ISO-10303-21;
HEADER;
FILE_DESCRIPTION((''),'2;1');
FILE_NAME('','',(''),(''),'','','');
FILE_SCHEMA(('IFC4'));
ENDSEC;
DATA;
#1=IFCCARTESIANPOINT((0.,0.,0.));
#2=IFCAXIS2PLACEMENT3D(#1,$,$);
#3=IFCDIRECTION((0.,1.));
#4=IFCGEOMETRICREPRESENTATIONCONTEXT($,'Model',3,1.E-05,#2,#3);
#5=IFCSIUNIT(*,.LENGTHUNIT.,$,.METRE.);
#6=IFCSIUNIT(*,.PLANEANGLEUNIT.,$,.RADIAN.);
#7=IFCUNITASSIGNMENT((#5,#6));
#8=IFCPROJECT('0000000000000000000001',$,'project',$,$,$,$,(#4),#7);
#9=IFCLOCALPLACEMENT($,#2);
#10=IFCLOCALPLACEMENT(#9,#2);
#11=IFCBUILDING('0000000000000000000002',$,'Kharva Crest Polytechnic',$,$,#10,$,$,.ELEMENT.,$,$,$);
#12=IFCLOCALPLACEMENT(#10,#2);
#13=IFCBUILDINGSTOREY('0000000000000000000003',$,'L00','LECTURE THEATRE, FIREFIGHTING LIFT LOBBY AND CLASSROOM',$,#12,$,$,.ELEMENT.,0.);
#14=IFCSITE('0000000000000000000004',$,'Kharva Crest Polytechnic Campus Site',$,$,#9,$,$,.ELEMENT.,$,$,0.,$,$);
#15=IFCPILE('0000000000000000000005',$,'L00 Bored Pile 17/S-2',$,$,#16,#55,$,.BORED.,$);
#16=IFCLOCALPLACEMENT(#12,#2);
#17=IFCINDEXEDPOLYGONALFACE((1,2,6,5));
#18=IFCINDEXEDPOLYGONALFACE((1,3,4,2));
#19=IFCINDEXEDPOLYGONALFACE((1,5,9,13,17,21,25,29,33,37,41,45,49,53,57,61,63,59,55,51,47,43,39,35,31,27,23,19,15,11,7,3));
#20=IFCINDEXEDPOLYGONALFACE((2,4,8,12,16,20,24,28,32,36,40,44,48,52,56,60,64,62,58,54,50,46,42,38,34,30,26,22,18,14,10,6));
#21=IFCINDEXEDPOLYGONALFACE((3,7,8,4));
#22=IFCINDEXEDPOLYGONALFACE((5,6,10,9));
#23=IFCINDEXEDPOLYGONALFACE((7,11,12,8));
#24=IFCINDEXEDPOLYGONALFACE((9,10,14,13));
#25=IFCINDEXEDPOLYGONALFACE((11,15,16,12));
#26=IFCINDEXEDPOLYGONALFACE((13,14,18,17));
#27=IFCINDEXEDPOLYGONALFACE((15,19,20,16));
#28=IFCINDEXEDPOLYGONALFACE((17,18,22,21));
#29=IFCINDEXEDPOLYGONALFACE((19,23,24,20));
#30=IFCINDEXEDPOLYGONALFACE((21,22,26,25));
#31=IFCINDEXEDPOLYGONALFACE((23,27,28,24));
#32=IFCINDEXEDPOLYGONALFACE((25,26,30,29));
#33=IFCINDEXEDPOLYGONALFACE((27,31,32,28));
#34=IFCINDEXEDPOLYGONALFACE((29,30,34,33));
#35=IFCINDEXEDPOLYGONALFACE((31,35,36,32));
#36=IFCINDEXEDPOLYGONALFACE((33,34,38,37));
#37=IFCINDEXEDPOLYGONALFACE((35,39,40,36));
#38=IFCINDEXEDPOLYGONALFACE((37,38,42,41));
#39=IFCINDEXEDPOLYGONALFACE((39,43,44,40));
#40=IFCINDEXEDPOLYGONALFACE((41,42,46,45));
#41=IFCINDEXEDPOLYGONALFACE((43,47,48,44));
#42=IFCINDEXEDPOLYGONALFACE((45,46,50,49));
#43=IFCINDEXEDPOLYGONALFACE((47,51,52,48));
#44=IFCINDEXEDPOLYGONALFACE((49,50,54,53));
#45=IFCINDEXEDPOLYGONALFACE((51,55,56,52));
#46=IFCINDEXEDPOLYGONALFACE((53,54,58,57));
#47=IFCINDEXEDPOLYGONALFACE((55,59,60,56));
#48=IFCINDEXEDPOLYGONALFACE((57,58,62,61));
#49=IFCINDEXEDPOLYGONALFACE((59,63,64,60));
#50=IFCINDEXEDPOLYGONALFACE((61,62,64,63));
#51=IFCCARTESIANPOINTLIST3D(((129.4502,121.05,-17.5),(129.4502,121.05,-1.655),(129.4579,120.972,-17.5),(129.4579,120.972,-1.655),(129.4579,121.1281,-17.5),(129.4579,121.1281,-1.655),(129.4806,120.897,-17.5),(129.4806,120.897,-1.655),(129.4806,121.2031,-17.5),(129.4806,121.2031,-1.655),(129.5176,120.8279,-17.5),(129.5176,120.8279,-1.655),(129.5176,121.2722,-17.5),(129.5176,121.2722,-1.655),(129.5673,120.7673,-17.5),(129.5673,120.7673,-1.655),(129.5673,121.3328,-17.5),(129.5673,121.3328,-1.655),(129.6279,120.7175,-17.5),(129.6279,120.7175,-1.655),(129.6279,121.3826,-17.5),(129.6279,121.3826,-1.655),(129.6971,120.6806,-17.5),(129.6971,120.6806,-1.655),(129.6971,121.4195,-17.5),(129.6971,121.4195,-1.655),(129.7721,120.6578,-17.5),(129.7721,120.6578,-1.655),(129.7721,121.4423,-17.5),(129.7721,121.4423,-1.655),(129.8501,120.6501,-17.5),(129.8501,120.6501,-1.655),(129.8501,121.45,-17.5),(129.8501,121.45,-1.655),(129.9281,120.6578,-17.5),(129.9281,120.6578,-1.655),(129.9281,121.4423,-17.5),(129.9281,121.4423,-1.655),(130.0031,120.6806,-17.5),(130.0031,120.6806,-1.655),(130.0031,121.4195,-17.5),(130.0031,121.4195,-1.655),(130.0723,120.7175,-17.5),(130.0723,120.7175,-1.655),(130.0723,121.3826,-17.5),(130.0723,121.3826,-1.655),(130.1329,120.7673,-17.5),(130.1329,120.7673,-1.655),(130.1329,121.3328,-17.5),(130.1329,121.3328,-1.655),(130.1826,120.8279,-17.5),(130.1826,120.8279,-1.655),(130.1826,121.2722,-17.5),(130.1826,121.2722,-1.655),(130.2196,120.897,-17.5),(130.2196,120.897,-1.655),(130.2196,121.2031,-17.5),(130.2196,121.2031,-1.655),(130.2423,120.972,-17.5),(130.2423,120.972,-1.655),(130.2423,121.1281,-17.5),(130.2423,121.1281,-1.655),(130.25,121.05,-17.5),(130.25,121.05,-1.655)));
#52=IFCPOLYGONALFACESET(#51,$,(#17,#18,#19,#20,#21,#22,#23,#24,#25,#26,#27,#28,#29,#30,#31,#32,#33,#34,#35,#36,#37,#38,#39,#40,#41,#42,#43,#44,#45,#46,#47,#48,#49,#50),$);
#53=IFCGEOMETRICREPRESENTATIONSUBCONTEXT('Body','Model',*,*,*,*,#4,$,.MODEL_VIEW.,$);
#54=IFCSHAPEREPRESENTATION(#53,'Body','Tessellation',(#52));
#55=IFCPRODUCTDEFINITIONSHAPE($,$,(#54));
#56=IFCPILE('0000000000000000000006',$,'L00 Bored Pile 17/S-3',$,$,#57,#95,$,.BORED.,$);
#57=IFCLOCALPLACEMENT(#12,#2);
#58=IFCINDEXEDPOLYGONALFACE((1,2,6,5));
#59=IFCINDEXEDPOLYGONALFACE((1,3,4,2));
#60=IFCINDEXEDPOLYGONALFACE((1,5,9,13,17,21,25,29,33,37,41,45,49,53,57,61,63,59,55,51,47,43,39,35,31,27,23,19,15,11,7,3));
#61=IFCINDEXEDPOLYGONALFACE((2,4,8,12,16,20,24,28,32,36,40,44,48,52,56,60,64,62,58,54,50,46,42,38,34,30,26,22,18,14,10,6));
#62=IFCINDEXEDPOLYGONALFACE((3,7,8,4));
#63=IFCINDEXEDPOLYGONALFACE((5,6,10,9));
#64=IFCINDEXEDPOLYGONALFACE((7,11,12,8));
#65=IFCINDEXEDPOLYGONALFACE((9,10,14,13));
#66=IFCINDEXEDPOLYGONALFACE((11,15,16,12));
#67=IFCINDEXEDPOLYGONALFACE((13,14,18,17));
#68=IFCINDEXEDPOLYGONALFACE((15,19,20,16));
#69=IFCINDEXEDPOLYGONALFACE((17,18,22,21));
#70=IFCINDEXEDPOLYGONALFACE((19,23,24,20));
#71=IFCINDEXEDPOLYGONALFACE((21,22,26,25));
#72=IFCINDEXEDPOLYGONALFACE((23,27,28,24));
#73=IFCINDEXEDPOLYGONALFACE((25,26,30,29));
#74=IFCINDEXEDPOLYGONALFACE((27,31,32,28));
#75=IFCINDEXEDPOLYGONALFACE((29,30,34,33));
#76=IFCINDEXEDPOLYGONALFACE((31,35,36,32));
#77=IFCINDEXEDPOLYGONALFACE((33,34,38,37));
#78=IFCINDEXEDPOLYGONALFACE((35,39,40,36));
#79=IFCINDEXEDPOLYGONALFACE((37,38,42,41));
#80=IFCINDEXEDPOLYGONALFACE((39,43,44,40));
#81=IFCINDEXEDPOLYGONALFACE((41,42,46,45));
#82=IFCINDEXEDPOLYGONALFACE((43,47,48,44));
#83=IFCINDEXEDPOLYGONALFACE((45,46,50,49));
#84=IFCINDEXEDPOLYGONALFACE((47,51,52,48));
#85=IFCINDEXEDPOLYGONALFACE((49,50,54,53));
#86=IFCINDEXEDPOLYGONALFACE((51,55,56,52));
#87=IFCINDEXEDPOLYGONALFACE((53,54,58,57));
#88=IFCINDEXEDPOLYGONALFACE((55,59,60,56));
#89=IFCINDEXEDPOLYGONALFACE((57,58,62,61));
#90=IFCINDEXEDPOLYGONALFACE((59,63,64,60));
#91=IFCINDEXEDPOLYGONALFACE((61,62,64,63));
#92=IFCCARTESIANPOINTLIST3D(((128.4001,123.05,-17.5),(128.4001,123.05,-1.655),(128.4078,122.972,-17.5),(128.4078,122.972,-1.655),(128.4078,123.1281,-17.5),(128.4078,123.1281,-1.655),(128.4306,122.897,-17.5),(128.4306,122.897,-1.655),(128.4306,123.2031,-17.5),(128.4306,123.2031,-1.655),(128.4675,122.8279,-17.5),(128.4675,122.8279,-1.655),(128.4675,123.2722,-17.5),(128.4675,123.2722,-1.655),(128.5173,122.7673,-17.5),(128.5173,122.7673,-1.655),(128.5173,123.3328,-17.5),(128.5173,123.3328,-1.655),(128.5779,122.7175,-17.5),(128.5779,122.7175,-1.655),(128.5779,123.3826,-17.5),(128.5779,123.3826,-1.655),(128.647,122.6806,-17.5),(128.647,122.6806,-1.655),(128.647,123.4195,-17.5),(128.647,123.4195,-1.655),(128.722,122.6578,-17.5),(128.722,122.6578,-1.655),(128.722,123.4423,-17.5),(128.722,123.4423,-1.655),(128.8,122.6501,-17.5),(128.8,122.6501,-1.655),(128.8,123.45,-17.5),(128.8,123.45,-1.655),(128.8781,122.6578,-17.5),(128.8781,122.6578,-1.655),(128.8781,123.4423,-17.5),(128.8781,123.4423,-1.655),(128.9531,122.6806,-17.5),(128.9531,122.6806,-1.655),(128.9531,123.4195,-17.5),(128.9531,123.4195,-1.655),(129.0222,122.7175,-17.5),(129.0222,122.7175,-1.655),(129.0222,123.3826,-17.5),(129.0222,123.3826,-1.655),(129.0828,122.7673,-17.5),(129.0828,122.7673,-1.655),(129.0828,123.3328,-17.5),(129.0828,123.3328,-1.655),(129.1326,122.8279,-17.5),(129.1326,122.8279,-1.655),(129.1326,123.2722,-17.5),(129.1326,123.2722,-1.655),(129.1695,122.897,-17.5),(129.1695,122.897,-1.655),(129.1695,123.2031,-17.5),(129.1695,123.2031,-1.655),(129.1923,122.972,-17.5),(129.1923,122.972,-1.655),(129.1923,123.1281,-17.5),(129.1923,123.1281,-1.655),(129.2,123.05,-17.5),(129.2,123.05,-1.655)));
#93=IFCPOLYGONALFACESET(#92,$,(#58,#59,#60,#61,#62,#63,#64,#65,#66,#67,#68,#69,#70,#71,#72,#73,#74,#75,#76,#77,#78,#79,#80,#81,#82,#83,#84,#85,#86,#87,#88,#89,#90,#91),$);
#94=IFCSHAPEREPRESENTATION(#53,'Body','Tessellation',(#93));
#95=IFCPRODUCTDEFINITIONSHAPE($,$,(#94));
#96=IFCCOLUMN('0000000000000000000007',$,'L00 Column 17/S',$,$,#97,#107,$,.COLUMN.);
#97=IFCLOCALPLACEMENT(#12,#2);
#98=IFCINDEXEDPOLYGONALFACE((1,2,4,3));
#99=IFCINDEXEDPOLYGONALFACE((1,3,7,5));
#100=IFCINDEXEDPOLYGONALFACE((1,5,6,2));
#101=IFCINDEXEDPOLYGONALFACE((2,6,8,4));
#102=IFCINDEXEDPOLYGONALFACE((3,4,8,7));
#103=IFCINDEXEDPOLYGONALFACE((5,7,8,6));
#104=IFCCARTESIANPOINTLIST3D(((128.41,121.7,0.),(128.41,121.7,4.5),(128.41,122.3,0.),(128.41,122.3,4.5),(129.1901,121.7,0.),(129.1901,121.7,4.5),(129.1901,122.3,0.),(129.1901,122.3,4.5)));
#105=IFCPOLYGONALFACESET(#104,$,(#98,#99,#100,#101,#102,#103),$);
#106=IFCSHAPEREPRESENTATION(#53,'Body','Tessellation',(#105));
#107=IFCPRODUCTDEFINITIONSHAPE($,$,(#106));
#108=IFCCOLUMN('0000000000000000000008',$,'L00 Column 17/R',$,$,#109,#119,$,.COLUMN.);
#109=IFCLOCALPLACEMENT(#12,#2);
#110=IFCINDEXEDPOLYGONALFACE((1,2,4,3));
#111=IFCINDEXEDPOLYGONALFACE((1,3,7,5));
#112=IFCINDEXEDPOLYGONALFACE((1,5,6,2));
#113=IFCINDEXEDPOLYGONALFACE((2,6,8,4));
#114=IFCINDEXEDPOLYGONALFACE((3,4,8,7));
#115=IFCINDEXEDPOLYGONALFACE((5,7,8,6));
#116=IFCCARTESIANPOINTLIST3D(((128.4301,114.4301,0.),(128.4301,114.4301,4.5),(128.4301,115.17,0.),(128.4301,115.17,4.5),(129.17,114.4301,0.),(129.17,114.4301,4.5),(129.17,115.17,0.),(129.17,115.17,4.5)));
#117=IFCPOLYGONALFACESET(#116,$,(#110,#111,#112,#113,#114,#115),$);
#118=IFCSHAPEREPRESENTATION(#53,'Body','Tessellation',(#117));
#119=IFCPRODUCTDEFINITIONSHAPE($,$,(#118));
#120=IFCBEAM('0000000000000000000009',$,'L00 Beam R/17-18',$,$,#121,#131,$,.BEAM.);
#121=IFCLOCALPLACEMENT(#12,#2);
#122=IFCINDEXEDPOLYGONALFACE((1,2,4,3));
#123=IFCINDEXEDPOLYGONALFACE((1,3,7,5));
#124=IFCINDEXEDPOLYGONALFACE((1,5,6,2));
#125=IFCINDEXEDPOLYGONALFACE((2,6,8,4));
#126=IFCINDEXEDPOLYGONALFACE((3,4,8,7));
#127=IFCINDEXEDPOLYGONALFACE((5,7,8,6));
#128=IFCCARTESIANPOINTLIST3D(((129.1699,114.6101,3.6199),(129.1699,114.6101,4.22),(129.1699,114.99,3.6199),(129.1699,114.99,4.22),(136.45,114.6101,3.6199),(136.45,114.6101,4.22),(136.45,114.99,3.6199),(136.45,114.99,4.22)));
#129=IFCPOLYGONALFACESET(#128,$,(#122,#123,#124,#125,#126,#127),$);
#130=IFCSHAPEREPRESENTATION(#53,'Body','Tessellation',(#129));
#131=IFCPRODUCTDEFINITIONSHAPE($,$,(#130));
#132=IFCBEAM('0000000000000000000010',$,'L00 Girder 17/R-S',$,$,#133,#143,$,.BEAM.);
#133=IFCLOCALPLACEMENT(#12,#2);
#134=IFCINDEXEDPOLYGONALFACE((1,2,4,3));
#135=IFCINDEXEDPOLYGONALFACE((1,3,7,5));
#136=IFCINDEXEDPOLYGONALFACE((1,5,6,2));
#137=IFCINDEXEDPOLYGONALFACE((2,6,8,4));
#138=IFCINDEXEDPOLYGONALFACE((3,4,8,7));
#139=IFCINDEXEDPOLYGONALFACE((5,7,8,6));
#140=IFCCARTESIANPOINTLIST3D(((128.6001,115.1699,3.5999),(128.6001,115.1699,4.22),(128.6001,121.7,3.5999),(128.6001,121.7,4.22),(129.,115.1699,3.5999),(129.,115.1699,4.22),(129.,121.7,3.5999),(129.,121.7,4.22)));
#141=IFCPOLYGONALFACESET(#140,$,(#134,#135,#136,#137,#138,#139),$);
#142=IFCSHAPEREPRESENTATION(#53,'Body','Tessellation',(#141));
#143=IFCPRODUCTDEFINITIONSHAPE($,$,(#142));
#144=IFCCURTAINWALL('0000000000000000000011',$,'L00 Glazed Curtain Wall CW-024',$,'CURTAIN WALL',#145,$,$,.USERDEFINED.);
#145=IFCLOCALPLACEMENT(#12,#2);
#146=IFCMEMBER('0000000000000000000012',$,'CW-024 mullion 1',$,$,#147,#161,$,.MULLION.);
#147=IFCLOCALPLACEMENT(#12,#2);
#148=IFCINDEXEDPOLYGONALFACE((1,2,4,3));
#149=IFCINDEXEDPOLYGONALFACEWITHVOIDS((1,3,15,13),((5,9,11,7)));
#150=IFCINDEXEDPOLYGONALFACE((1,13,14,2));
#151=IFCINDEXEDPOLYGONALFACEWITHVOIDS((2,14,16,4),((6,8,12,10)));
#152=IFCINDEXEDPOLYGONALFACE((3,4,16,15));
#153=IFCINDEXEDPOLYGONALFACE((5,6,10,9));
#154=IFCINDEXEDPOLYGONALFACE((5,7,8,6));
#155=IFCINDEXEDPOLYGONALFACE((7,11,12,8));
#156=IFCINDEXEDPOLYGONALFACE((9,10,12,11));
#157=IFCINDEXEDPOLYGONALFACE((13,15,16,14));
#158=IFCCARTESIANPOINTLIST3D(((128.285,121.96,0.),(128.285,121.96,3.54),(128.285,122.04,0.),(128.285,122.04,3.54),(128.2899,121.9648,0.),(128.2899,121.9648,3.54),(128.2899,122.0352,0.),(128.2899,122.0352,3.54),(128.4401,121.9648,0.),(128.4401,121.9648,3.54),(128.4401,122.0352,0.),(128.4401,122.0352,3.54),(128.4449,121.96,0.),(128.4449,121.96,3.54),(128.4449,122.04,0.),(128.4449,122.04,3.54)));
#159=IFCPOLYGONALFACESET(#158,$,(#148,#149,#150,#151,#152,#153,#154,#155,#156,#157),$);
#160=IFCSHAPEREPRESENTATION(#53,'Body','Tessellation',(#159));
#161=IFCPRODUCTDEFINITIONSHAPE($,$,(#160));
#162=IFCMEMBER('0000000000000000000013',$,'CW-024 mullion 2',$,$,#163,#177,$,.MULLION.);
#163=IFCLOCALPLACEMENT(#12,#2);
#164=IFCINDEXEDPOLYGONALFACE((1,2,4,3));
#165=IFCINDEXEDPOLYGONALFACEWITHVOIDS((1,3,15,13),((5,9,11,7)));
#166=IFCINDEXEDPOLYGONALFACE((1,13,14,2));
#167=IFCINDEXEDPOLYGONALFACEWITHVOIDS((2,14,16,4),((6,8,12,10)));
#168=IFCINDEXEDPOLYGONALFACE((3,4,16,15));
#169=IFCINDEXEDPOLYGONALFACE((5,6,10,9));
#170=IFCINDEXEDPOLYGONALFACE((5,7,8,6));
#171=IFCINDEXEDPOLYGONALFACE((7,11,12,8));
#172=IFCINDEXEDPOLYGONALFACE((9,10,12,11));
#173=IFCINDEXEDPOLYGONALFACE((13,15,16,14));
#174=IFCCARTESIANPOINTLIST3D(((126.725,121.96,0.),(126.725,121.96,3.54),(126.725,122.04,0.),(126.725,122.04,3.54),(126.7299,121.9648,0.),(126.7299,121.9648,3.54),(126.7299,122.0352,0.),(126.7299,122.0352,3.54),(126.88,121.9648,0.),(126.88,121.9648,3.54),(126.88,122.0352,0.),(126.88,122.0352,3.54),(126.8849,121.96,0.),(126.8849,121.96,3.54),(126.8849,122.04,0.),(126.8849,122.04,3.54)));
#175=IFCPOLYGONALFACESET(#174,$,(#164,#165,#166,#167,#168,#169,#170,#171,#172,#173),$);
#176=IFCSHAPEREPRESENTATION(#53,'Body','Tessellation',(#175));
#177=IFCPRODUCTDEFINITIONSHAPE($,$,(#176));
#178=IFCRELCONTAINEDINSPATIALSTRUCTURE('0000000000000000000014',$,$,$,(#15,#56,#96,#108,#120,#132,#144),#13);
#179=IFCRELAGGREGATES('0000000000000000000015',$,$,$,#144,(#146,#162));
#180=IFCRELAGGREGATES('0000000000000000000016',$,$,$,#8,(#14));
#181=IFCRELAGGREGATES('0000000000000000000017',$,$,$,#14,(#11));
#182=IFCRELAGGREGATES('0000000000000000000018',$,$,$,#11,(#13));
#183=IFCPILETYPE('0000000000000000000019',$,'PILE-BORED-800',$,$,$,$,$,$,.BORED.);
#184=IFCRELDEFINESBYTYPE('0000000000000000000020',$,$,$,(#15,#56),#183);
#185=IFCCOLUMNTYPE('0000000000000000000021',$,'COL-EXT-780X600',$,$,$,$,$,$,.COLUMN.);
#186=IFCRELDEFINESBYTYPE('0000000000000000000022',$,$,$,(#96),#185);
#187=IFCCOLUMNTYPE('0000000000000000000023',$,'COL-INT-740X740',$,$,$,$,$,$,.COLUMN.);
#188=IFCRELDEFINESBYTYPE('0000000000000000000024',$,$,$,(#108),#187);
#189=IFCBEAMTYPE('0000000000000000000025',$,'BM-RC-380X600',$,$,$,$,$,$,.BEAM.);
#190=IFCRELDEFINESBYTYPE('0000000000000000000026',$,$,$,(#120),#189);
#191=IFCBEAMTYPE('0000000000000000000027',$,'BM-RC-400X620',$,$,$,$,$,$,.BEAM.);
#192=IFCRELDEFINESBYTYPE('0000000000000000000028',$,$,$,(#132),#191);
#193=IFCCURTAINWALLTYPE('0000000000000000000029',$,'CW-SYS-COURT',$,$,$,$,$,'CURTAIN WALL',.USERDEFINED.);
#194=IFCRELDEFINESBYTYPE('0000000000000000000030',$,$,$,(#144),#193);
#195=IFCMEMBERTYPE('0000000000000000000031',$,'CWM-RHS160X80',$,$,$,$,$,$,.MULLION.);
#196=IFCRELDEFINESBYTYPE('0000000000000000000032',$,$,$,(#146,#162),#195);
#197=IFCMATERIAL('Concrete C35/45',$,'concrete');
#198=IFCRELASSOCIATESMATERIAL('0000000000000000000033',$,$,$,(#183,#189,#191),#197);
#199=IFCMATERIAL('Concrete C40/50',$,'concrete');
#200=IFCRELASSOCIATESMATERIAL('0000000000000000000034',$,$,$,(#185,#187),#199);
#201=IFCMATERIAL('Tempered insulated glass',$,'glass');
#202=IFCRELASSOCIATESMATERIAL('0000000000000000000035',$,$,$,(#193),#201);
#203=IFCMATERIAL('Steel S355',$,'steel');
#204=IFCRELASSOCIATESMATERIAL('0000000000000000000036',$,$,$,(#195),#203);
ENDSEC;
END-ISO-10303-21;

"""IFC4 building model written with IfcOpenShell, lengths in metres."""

from ifc_helpers import new_model, si_unit, direction, frame, origin, origin_2d, place, context, subcontext, project, spatial, rectangle, hollow_rectangle, circle, extrude, material, material_profile, profile_set, type_object, element, aggregate, save


model = new_model("IFC4")

# Units and contexts
model_context = context("Model", 3, precision=1e-05, world=origin(), true_north=direction((0.0, 1.0)))
body_context = subcontext(model_context, "Body", "Model", "MODEL_VIEW")
ifc_project = project(units=[si_unit("LENGTHUNIT", "METRE"), si_unit("PLANEANGLEUNIT", "RADIAN")], contexts=[model_context])

# Site, building, storey
site_placement = place(None, origin())
site = spatial("IfcSite", under=ifc_project, at=site_placement, Name="Kharva Crest Polytechnic Campus Site", CompositionType="ELEMENT", RefElevation=0.0)
building_placement = place(site_placement, origin())
building = spatial("IfcBuilding", under=site, at=building_placement, Name="Kharva Crest Polytechnic", CompositionType="ELEMENT")
storey_placement = place(building_placement, origin())
storey = spatial("IfcBuildingStorey", under=building, at=storey_placement, Name="L00", Description="LECTURE THEATRE, FIREFIGHTING LIFT LOBBY AND CLASSROOM", CompositionType="ELEMENT", Elevation=0.0)

# Shared definitions
ifc_material_1 = material(Name="Concrete C35/45", Category="concrete")

# Piles
ifc_material_profile_1 = material_profile(ifc_material_1, circle(Radius=0.3999, at=origin_2d()), Name="DIA 800")
ifc_profile_set_1 = profile_set([ifc_material_profile_1], Name="Concrete C35/45")
pile_type_1 = type_object("IfcPileType", Name="PILE-BORED-800", PredefinedType="BORED", material=ifc_profile_set_1)
for number, where, z_axis, x_axis, name in (
    (1, (129.8501, 121.05, -1.655), (0.0, 0.0, -1.0), (1.0, 0.0, 0.0), "L00 Bored Pile 17/S-2"),
    (2, (128.8, 123.05, -1.655), (0.0, 0.0, -1.0), (1.0, 0.0, 0.0), "L00 Bored Pile 17/S-3"),
):
    element("IfcPile", number, at=place(storey_placement, frame(where, z_axis=z_axis, x_axis=x_axis)), inside=storey, type_object=pile_type_1, Name=name, PredefinedType="BORED", context=body_context, shape_type="SweptSolid", body=[
        extrude(circle(Radius=0.3999, at=origin_2d()), origin(), (0.0, 0.0, 1.0), 15.845),
    ])

# Columns
ifc_material_2 = material(Name="Concrete C40/50", Category="concrete")
ifc_material_profile_2 = material_profile(ifc_material_2, rectangle(XDim=0.78, YDim=0.6001, at=origin_2d()), Name="RECT 780 X 600")
ifc_profile_set_2 = profile_set([ifc_material_profile_2], Name="Concrete C40/50")
column_type_1 = type_object("IfcColumnType", Name="COL-EXT-780X600", PredefinedType="COLUMN", material=ifc_profile_set_2)
column_1_placement = place(storey_placement, frame((128.8, 122.0, 0.0), z_axis=(0.0, 0.0, 1.0), x_axis=(1.0, 0.0, 0.0)))
element("IfcColumn", 3, at=column_1_placement, inside=storey, type_object=column_type_1, Name="L00 Column 17/S", PredefinedType="COLUMN", context=body_context, shape_type="SweptSolid", body=[
    extrude(rectangle(XDim=0.78, YDim=0.6001, at=origin_2d()), origin(), (0.0, 0.0, 1.0), 4.5),
])
ifc_material_profile_3 = material_profile(ifc_material_2, rectangle(XDim=0.74, YDim=0.74, at=origin_2d()), Name="RECT 740 X 740")
ifc_profile_set_3 = profile_set([ifc_material_profile_3], Name="Concrete C40/50")
column_type_2 = type_object("IfcColumnType", Name="COL-INT-740X740", PredefinedType="COLUMN", material=ifc_profile_set_3)
column_2_placement = place(storey_placement, frame((128.8, 114.8, 0.0), z_axis=(0.0, 0.0, 1.0), x_axis=(1.0, 0.0, 0.0)))
element("IfcColumn", 4, at=column_2_placement, inside=storey, type_object=column_type_2, Name="L00 Column 17/R", PredefinedType="COLUMN", context=body_context, shape_type="SweptSolid", body=[
    extrude(rectangle(XDim=0.74, YDim=0.74, at=origin_2d()), origin(), (0.0, 0.0, 1.0), 4.5),
])

# Beams
ifc_material_profile_4 = material_profile(ifc_material_1, rectangle(XDim=0.3799, YDim=0.6001, at=origin_2d()), Name="RECT 380 X 600")
ifc_profile_set_4 = profile_set([ifc_material_profile_4], Name="Concrete C35/45")
beam_type_1 = type_object("IfcBeamType", Name="BM-RC-380X600", PredefinedType="BEAM", material=ifc_profile_set_4)
beam_1_placement = place(storey_placement, frame((129.1699, 114.8, 3.9199), z_axis=(1.0, 0.0, 0.0), x_axis=(0.0, 1.0, 0.0)))
element("IfcBeam", 5, at=beam_1_placement, inside=storey, type_object=beam_type_1, Name="L00 Beam R/17-18", PredefinedType="BEAM", context=body_context, shape_type="SweptSolid", body=[
    extrude(rectangle(XDim=0.3799, YDim=0.6001, at=origin_2d()), origin(), (0.0, 0.0, 1.0), 7.28),
])
ifc_material_profile_5 = material_profile(ifc_material_1, rectangle(XDim=0.3999, YDim=0.6201, at=origin_2d()), Name="RECT 400 X 620")
ifc_profile_set_5 = profile_set([ifc_material_profile_5], Name="Concrete C35/45")
beam_type_2 = type_object("IfcBeamType", Name="BM-RC-400X620", PredefinedType="BEAM", material=ifc_profile_set_5)
beam_2_placement = place(storey_placement, frame((128.8, 115.1699, 3.9099), z_axis=(0.0, 1.0, 0.0), x_axis=(-1.0, 0.0, 0.0)))
element("IfcBeam", 6, at=beam_2_placement, inside=storey, type_object=beam_type_2, Name="L00 Girder 17/R-S", PredefinedType="BEAM", context=body_context, shape_type="SweptSolid", body=[
    extrude(rectangle(XDim=0.3999, YDim=0.6201, at=origin_2d()), origin(), (0.0, 0.0, 1.0), 6.53),
])

# Curtain wall, members
ifc_material_3 = material(Name="Tempered insulated glass", Category="glass")
curtain_wall_type = type_object("IfcCurtainWallType", Name="CW-SYS-COURT", ElementType="CURTAIN WALL", PredefinedType="USERDEFINED", material=ifc_material_3)
curtain_wall_placement = place(storey_placement, origin())
curtain_wall = element("IfcCurtainWall", 7, at=curtain_wall_placement, inside=storey, type_object=curtain_wall_type, Name="L00 Glazed Curtain Wall CW-024", ObjectType="CURTAIN WALL", PredefinedType="USERDEFINED")
ifc_material_4 = material(Name="Steel S355", Category="steel")
ifc_material_profile_6 = material_profile(ifc_material_4, hollow_rectangle(XDim=0.0801, YDim=0.1599, WallThickness=0.0049, at=origin_2d()), Name="RHS 160X80X5.0")
ifc_profile_set_6 = profile_set([ifc_material_profile_6], Name="Steel S355")
member_type_1 = type_object("IfcMemberType", Name="CWM-RHS160X80", PredefinedType="MULLION", material=ifc_profile_set_6)
member_1_placement = place(storey_placement, frame((128.365, 122.0, 0.0), z_axis=(0.0, 0.0, 1.0), x_axis=(0.0, -1.0, 0.0)))
member_1 = element("IfcMember", 8, at=member_1_placement, type_object=member_type_1, Name="CW-024 mullion 1", PredefinedType="MULLION", context=body_context, shape_type="SweptSolid", body=[
    extrude(hollow_rectangle(XDim=0.0801, YDim=0.1599, WallThickness=0.0049, at=origin_2d()), origin(), (0.0, 0.0, 1.0), 3.54),
])
member_2_placement = place(storey_placement, frame((126.8049, 122.0, 0.0), z_axis=(0.0, 0.0, 1.0), x_axis=(0.0, -1.0, 0.0)))
member_2 = element("IfcMember", 9, at=member_2_placement, type_object=member_type_1, Name="CW-024 mullion 2", PredefinedType="MULLION", context=body_context, shape_type="SweptSolid", body=[
    extrude(hollow_rectangle(XDim=0.0801, YDim=0.1599, WallThickness=0.0049, at=origin_2d()), origin(), (0.0, 0.0, 1.0), 3.54),
])

aggregate(curtain_wall, [member_1, member_2])

save(model, "model.ifc")
